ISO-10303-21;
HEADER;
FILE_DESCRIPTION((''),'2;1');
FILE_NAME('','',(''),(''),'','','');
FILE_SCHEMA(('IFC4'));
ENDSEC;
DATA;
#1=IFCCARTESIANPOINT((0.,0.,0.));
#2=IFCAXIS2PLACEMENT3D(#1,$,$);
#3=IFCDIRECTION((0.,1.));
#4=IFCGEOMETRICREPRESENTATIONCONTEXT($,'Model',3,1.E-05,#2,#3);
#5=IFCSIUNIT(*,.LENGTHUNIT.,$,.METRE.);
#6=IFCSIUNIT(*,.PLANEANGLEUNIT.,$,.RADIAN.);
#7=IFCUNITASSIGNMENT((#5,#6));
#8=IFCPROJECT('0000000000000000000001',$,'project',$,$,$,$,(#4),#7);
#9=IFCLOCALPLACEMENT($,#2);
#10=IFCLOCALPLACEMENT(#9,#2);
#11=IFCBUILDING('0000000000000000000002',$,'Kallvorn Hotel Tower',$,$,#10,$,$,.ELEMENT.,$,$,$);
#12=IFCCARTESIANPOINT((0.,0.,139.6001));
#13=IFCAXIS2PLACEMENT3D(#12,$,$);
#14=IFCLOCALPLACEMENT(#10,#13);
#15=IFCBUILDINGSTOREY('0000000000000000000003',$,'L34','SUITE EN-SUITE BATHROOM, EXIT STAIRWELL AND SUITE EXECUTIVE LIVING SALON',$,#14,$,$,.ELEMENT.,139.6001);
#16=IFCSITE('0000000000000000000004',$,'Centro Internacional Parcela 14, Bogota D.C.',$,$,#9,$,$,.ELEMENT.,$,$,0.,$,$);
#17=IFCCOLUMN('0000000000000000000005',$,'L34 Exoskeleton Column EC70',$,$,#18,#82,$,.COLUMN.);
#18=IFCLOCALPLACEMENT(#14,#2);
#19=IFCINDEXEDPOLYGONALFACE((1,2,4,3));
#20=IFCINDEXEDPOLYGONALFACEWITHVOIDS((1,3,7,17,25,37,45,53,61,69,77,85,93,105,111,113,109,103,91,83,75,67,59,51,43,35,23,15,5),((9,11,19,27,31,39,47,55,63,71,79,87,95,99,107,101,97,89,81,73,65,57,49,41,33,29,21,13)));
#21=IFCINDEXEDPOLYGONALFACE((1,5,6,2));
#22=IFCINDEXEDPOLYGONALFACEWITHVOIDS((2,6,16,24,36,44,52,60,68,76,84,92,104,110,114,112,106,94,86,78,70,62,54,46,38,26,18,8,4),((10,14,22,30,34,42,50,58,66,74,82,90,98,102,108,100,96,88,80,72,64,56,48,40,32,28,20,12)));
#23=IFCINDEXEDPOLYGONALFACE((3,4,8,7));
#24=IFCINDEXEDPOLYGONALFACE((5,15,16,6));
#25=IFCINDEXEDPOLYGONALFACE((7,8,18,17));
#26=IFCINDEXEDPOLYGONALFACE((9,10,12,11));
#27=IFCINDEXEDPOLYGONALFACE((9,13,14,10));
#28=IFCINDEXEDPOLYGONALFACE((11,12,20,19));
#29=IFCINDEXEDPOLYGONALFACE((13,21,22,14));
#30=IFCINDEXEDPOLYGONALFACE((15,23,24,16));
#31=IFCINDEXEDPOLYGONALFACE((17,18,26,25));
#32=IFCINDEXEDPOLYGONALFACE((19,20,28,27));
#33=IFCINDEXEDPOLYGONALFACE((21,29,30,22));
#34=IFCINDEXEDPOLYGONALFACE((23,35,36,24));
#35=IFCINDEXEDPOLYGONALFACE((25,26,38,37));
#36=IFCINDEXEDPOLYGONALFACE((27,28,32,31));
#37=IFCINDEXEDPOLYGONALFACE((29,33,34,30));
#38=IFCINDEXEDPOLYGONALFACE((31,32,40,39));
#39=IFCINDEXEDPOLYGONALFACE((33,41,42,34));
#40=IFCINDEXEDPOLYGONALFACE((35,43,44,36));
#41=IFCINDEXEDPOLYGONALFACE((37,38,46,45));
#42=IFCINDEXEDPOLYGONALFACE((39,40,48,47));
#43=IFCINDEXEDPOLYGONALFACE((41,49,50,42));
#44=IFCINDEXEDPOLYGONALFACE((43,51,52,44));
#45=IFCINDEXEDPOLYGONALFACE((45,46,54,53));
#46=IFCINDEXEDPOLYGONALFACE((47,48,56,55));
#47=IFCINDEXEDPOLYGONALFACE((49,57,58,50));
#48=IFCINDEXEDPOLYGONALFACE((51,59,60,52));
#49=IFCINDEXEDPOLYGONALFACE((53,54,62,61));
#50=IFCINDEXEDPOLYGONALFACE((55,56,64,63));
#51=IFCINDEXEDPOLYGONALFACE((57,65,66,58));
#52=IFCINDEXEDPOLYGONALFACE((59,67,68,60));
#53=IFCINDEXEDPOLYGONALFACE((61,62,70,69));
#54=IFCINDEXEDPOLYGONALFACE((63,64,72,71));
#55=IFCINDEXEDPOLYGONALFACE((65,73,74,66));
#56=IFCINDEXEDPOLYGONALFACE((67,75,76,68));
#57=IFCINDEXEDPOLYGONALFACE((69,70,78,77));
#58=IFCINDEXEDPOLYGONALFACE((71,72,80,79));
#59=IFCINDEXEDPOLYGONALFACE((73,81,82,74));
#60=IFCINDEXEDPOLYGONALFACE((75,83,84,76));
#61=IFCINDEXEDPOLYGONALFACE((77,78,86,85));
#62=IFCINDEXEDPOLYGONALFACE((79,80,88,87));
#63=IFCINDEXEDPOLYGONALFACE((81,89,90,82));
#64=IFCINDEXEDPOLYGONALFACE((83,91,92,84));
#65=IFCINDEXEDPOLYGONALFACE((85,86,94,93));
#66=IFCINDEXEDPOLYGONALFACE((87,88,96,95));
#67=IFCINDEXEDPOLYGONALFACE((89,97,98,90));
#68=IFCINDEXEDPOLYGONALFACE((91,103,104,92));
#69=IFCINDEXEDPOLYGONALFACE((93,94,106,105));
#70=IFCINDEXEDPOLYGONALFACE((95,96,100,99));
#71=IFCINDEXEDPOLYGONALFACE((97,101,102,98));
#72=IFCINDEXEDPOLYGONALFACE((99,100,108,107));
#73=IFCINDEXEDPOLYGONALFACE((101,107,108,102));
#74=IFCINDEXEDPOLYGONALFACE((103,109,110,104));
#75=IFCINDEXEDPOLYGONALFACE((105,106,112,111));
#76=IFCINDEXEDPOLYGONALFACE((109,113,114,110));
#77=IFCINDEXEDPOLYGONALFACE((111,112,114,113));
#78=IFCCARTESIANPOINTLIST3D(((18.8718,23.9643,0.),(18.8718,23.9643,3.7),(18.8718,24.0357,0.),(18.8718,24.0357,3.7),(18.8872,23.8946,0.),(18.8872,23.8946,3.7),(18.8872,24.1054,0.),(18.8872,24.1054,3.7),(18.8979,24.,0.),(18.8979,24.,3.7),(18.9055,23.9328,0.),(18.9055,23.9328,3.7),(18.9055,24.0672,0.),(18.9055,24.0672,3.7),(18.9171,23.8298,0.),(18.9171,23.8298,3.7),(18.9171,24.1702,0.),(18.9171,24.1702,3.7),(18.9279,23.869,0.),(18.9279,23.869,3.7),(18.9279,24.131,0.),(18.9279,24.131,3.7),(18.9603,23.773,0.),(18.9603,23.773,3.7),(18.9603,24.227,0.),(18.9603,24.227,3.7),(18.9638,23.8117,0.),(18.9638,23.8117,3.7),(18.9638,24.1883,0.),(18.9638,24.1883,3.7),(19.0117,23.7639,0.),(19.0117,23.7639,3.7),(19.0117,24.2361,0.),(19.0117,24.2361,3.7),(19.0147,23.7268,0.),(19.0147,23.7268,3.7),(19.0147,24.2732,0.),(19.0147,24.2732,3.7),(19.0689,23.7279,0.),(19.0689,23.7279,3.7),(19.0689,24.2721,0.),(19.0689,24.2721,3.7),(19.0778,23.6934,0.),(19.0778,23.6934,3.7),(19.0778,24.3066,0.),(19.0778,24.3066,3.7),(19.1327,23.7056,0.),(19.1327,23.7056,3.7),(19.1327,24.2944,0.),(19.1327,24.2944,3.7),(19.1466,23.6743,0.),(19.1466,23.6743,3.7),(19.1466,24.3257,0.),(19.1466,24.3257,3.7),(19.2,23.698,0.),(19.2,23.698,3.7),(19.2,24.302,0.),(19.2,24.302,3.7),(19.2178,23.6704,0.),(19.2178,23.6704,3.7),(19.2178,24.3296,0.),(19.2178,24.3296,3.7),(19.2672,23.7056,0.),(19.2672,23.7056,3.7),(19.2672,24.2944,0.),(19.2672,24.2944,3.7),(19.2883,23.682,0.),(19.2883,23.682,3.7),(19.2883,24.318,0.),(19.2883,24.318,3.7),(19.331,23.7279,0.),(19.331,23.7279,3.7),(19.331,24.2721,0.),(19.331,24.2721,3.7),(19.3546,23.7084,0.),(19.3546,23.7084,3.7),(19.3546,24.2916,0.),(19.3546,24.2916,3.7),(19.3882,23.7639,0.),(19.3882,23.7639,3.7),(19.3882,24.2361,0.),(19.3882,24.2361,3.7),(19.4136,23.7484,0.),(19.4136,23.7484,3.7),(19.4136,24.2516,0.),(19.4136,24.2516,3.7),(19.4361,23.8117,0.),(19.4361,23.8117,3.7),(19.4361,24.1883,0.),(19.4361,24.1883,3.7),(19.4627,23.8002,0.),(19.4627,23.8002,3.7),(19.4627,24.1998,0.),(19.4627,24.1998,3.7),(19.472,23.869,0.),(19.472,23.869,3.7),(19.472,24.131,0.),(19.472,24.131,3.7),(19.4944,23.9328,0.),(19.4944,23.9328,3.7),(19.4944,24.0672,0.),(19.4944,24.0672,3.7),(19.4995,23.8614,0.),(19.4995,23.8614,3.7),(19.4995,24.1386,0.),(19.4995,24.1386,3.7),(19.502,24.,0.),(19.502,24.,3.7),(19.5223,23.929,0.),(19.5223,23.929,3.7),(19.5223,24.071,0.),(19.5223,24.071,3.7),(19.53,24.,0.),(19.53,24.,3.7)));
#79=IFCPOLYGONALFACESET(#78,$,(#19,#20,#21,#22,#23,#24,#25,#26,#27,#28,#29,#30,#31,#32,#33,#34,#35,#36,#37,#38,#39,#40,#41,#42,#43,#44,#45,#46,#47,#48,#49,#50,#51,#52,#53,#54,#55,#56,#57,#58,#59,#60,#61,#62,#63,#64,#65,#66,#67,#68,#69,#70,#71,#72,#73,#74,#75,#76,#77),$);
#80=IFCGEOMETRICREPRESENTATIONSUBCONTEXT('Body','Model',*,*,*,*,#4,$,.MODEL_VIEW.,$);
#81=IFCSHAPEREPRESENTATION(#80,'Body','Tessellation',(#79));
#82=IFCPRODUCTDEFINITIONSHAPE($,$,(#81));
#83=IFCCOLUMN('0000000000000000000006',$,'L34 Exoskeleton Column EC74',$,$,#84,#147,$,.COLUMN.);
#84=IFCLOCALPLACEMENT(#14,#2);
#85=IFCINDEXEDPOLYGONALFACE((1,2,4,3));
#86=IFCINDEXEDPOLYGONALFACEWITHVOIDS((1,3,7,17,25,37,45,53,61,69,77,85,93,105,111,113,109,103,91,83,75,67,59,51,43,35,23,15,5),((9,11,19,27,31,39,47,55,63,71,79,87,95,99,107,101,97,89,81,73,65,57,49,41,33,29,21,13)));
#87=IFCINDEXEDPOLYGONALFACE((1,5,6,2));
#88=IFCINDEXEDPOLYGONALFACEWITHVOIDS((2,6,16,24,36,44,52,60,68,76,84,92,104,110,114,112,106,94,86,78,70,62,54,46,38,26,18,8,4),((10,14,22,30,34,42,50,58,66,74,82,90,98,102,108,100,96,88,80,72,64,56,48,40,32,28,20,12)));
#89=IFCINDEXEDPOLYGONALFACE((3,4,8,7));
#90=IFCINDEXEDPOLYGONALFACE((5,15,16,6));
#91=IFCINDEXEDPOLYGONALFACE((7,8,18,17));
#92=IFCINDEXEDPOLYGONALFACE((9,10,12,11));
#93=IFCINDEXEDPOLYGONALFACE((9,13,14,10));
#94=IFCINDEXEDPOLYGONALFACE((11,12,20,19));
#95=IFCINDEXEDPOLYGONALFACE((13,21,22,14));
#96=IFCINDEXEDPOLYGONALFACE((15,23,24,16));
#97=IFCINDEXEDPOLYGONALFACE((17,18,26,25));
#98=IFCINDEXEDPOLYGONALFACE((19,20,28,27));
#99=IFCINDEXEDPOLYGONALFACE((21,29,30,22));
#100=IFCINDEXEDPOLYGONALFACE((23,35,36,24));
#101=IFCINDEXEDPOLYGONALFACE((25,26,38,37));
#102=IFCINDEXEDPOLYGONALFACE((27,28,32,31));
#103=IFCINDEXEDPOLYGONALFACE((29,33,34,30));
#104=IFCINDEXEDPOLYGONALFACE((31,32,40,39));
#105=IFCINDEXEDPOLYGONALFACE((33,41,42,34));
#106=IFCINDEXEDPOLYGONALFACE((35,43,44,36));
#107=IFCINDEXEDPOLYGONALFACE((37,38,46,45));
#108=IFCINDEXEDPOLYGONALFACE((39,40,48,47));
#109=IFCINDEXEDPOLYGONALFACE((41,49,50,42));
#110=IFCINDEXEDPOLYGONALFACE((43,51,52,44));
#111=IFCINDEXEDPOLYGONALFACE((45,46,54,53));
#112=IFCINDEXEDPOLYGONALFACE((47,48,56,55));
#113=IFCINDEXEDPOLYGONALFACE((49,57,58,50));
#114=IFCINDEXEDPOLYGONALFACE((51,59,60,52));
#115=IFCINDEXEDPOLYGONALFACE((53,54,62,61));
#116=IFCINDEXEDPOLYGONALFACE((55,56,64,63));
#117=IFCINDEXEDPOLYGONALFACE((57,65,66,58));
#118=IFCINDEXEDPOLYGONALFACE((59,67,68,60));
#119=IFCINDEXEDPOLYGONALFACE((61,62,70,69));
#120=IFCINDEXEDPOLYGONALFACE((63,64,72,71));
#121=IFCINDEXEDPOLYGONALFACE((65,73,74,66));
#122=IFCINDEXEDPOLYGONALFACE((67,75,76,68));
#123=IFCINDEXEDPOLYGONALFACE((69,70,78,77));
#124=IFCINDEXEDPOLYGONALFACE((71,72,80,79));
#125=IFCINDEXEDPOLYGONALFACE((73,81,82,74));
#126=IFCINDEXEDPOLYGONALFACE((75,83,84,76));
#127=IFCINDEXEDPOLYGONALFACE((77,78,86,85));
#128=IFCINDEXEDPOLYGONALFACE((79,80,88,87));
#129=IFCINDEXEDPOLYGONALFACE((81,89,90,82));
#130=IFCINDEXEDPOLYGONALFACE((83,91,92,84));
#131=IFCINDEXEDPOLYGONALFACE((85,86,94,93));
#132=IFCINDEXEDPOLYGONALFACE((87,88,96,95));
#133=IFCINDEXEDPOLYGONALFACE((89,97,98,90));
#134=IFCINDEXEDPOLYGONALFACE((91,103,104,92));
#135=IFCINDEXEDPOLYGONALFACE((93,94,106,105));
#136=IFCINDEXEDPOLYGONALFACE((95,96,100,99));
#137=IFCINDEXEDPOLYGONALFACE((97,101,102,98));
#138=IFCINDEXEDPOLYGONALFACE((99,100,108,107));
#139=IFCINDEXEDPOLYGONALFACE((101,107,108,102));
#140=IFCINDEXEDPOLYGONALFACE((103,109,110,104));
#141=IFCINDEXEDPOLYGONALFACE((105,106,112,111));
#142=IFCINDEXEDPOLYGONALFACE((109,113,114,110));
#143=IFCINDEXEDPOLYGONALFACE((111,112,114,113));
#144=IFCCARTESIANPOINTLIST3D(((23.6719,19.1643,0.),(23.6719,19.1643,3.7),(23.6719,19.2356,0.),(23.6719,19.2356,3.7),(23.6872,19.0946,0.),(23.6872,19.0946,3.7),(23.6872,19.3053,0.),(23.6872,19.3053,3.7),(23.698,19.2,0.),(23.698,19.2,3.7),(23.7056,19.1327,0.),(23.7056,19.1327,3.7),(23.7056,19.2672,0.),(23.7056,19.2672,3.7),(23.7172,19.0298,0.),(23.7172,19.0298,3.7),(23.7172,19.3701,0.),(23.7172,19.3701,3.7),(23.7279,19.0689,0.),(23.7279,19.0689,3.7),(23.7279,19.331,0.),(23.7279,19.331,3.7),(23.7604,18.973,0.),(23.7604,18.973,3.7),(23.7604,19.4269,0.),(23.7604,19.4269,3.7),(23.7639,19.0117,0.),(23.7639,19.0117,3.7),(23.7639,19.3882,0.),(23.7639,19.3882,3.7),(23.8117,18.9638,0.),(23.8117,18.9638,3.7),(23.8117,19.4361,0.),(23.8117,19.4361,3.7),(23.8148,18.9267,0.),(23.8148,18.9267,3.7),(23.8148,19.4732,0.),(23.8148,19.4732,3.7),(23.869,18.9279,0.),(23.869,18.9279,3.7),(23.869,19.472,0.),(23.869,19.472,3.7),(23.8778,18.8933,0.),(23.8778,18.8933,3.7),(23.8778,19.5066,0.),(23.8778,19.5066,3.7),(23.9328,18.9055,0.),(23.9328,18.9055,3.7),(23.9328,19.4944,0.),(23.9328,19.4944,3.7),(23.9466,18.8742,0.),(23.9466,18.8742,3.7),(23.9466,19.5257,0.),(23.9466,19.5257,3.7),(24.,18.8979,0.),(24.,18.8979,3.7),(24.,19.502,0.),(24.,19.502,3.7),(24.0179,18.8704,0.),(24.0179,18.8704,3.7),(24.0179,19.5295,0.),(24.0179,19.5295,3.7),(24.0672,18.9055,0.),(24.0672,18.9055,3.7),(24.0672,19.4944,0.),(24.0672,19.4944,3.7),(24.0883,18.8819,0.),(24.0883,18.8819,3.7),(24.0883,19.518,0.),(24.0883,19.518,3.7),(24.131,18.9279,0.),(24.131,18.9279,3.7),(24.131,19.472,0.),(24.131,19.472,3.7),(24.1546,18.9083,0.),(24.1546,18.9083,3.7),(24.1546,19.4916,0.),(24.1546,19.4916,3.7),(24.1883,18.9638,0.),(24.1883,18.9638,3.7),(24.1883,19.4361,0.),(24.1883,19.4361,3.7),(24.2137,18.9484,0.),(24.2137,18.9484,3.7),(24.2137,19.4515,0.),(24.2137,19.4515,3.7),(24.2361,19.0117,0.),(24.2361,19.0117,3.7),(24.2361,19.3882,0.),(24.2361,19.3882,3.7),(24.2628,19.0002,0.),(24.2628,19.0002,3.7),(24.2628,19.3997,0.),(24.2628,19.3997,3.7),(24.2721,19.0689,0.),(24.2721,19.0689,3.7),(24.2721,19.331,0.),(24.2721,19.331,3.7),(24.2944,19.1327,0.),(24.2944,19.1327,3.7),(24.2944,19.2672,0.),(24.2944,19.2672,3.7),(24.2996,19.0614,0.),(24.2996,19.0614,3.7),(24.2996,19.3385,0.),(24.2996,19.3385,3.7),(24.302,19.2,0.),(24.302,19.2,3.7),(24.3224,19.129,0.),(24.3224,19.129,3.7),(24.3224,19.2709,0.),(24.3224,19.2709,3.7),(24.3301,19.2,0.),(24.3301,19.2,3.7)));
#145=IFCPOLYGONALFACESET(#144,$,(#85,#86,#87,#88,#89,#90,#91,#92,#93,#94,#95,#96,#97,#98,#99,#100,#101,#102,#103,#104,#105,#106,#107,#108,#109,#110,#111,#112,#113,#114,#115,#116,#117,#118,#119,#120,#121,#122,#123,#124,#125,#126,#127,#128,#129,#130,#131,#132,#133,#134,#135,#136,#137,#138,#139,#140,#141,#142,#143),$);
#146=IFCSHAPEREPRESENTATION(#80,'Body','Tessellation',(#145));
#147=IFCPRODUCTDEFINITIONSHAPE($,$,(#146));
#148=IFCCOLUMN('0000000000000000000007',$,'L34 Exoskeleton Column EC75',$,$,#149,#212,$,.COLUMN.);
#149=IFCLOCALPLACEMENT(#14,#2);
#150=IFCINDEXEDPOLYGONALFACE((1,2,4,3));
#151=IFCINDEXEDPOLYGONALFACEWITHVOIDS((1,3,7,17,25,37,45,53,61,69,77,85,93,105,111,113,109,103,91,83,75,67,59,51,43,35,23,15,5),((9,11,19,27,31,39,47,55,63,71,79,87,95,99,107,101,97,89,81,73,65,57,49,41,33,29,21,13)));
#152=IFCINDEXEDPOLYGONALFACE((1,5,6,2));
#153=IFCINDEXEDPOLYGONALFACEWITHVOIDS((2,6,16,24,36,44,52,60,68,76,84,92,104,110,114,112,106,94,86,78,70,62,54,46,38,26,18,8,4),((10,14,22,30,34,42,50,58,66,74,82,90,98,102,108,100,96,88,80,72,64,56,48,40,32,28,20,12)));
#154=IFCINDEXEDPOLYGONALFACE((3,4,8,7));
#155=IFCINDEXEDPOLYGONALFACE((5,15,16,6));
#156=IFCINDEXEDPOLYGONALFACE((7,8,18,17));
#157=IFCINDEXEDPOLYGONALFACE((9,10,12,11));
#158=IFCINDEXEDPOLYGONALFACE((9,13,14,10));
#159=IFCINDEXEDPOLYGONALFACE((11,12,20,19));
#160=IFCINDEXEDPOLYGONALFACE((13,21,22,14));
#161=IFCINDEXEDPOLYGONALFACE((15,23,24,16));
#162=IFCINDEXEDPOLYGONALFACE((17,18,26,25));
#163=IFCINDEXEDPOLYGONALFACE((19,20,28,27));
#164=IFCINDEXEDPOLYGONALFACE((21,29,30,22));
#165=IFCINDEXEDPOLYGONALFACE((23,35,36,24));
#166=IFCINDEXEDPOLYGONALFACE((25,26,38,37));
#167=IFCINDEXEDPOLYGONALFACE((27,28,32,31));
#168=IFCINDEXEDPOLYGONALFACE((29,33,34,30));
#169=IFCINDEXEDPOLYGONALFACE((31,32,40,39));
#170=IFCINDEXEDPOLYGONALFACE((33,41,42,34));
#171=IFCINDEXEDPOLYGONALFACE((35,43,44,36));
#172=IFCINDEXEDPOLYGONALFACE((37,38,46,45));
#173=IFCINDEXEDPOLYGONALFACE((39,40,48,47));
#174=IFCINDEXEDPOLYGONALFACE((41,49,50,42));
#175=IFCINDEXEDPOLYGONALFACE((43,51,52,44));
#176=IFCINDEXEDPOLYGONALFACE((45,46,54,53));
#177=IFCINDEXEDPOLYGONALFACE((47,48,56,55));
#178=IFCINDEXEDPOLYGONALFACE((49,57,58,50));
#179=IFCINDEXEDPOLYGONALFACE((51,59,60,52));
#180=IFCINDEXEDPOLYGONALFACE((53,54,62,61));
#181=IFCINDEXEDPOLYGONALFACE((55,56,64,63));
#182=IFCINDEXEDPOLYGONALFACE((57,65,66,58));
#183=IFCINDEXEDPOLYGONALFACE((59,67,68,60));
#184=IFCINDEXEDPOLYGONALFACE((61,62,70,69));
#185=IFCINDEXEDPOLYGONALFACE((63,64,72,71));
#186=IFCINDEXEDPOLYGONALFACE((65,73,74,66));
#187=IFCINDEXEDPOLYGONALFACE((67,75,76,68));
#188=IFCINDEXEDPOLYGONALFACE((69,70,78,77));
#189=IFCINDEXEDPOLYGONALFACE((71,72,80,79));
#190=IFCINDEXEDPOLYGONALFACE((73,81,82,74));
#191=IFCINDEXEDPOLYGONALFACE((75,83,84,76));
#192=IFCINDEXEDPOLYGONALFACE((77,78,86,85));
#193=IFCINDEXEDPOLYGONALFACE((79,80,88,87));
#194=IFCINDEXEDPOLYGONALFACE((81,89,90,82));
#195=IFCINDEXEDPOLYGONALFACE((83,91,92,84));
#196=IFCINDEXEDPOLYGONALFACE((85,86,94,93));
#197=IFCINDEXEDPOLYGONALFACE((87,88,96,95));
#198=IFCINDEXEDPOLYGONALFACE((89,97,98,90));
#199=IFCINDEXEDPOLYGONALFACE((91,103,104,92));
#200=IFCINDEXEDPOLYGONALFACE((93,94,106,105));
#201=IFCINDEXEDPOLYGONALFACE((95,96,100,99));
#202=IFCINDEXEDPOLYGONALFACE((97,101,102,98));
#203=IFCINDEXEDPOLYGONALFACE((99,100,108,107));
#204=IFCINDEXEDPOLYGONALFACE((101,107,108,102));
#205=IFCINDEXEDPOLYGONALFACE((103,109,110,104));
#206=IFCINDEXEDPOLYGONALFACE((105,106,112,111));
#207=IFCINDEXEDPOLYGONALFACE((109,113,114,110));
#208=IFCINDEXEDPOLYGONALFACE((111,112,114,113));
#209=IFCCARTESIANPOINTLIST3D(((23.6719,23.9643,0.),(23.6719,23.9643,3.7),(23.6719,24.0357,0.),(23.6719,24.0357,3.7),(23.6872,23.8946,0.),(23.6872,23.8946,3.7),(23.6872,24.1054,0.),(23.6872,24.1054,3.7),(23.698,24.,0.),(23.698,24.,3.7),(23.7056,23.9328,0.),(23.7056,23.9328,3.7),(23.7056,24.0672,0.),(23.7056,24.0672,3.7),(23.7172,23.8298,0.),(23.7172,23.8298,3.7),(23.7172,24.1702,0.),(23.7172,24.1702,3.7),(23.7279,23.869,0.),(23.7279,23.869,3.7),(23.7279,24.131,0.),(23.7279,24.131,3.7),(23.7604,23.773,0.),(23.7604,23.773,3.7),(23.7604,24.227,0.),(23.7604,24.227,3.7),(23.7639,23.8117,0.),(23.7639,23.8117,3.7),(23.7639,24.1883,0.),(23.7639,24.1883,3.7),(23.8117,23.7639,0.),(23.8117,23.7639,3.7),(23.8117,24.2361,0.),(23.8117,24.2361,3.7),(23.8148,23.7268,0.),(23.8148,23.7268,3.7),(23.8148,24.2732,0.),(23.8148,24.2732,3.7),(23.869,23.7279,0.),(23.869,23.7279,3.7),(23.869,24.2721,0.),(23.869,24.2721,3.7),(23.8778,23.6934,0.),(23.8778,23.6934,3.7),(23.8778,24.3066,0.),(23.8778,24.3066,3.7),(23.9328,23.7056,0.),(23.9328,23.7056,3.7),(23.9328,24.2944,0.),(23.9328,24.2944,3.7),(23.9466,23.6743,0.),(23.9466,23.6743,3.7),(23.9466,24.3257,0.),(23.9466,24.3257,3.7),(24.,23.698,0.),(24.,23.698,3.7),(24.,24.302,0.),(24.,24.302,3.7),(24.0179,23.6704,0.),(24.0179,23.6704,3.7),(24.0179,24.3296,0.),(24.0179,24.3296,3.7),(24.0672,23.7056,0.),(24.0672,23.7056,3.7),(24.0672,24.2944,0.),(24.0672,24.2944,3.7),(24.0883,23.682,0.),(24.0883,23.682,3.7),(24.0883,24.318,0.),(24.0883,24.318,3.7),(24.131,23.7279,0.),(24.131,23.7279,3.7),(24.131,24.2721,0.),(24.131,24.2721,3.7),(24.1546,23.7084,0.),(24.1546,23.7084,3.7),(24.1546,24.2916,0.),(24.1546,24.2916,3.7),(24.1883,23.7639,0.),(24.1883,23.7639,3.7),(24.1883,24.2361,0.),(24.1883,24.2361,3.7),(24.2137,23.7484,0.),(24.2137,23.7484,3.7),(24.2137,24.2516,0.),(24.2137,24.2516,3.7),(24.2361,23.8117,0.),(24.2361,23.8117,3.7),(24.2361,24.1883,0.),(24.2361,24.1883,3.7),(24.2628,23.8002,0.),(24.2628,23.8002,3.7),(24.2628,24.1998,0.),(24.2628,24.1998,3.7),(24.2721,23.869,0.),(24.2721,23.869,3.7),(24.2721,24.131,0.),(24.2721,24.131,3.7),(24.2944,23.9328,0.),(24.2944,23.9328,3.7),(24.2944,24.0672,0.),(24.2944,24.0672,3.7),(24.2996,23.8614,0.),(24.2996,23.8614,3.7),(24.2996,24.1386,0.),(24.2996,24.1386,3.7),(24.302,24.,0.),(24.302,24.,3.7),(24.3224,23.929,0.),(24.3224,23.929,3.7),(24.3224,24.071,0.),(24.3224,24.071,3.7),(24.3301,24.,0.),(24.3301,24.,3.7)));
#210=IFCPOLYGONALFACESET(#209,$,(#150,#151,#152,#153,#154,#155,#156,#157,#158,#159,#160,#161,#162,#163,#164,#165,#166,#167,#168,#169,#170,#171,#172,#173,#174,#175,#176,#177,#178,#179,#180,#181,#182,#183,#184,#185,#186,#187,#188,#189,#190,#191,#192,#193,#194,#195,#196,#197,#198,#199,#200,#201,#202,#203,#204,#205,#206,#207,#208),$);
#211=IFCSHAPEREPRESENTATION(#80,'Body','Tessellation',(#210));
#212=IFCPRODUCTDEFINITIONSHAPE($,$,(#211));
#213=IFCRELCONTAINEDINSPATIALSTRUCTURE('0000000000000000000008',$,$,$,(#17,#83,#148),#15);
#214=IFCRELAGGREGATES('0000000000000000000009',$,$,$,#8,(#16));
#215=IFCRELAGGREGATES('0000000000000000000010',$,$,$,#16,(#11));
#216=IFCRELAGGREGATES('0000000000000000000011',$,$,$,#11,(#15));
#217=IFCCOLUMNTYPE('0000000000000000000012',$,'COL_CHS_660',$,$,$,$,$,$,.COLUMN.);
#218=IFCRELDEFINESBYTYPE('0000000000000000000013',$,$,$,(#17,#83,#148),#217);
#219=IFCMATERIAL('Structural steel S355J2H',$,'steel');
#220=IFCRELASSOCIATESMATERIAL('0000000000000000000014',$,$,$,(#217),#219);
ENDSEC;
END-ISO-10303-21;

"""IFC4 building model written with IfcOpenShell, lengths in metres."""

from ifc_helpers import new_model, si_unit, direction, frame, origin, origin_2d, place, context, subcontext, project, spatial, hollow_circle, extrude, material, material_profile, profile_set, type_object, element, save


model = new_model("IFC4")

# Units and contexts
model_context = context("Model", 3, precision=1e-05, world=origin(), true_north=direction((0.0, 1.0)))
body_context = subcontext(model_context, "Body", "Model", "MODEL_VIEW")
ifc_project = project(units=[si_unit("LENGTHUNIT", "METRE"), si_unit("PLANEANGLEUNIT", "RADIAN")], contexts=[model_context])

# Site, building, storey
site_placement = place(None, origin())
site = spatial("IfcSite", under=ifc_project, at=site_placement, Name="Centro Internacional Parcela 14, Bogota D.C.", CompositionType="ELEMENT", RefElevation=0.0)
building_placement = place(site_placement, origin())
building = spatial("IfcBuilding", under=site, at=building_placement, Name="Kallvorn Hotel Tower", CompositionType="ELEMENT")
storey_placement = place(building_placement, frame((0.0, 0.0, 139.6001)))
storey = spatial("IfcBuildingStorey", under=building, at=storey_placement, Name="L34", Description="SUITE EN-SUITE BATHROOM, EXIT STAIRWELL AND SUITE EXECUTIVE LIVING SALON", CompositionType="ELEMENT", Elevation=139.6001)

# Columns
ifc_material_1 = material(Name="Structural steel S355J2H", Category="steel")
ifc_material_profile_1 = material_profile(ifc_material_1, hollow_circle(Radius=0.3301, WallThickness=0.0281, at=origin_2d()), Name="CHS 660x28")
ifc_profile_set_1 = profile_set([ifc_material_profile_1], Name="Structural steel S355J2H")
column_type = type_object("IfcColumnType", Name="COL_CHS_660", PredefinedType="COLUMN", material=ifc_profile_set_1)
for number, where, z_axis, x_axis, name in (
    (1, (19.2, 24.0, 0.0), (0.0, 0.0, 1.0), (1.0, 0.0, 0.0), "L34 Exoskeleton Column EC70"),
    (2, (24.0, 19.2, 0.0), (0.0, 0.0, 1.0), (1.0, 0.0, 0.0), "L34 Exoskeleton Column EC74"),
    (3, (24.0, 24.0, 0.0), (0.0, 0.0, 1.0), (1.0, 0.0, 0.0), "L34 Exoskeleton Column EC75"),
):
    element("IfcColumn", number, at=place(storey_placement, frame(where, z_axis=z_axis, x_axis=x_axis)), inside=storey, type_object=column_type, Name=name, PredefinedType="COLUMN", context=body_context, shape_type="SweptSolid", body=[
        extrude(hollow_circle(Radius=0.3301, WallThickness=0.0281, at=origin_2d()), origin(), (0.0, 0.0, 1.0), 3.7),
    ])

save(model, "model.ifc")
